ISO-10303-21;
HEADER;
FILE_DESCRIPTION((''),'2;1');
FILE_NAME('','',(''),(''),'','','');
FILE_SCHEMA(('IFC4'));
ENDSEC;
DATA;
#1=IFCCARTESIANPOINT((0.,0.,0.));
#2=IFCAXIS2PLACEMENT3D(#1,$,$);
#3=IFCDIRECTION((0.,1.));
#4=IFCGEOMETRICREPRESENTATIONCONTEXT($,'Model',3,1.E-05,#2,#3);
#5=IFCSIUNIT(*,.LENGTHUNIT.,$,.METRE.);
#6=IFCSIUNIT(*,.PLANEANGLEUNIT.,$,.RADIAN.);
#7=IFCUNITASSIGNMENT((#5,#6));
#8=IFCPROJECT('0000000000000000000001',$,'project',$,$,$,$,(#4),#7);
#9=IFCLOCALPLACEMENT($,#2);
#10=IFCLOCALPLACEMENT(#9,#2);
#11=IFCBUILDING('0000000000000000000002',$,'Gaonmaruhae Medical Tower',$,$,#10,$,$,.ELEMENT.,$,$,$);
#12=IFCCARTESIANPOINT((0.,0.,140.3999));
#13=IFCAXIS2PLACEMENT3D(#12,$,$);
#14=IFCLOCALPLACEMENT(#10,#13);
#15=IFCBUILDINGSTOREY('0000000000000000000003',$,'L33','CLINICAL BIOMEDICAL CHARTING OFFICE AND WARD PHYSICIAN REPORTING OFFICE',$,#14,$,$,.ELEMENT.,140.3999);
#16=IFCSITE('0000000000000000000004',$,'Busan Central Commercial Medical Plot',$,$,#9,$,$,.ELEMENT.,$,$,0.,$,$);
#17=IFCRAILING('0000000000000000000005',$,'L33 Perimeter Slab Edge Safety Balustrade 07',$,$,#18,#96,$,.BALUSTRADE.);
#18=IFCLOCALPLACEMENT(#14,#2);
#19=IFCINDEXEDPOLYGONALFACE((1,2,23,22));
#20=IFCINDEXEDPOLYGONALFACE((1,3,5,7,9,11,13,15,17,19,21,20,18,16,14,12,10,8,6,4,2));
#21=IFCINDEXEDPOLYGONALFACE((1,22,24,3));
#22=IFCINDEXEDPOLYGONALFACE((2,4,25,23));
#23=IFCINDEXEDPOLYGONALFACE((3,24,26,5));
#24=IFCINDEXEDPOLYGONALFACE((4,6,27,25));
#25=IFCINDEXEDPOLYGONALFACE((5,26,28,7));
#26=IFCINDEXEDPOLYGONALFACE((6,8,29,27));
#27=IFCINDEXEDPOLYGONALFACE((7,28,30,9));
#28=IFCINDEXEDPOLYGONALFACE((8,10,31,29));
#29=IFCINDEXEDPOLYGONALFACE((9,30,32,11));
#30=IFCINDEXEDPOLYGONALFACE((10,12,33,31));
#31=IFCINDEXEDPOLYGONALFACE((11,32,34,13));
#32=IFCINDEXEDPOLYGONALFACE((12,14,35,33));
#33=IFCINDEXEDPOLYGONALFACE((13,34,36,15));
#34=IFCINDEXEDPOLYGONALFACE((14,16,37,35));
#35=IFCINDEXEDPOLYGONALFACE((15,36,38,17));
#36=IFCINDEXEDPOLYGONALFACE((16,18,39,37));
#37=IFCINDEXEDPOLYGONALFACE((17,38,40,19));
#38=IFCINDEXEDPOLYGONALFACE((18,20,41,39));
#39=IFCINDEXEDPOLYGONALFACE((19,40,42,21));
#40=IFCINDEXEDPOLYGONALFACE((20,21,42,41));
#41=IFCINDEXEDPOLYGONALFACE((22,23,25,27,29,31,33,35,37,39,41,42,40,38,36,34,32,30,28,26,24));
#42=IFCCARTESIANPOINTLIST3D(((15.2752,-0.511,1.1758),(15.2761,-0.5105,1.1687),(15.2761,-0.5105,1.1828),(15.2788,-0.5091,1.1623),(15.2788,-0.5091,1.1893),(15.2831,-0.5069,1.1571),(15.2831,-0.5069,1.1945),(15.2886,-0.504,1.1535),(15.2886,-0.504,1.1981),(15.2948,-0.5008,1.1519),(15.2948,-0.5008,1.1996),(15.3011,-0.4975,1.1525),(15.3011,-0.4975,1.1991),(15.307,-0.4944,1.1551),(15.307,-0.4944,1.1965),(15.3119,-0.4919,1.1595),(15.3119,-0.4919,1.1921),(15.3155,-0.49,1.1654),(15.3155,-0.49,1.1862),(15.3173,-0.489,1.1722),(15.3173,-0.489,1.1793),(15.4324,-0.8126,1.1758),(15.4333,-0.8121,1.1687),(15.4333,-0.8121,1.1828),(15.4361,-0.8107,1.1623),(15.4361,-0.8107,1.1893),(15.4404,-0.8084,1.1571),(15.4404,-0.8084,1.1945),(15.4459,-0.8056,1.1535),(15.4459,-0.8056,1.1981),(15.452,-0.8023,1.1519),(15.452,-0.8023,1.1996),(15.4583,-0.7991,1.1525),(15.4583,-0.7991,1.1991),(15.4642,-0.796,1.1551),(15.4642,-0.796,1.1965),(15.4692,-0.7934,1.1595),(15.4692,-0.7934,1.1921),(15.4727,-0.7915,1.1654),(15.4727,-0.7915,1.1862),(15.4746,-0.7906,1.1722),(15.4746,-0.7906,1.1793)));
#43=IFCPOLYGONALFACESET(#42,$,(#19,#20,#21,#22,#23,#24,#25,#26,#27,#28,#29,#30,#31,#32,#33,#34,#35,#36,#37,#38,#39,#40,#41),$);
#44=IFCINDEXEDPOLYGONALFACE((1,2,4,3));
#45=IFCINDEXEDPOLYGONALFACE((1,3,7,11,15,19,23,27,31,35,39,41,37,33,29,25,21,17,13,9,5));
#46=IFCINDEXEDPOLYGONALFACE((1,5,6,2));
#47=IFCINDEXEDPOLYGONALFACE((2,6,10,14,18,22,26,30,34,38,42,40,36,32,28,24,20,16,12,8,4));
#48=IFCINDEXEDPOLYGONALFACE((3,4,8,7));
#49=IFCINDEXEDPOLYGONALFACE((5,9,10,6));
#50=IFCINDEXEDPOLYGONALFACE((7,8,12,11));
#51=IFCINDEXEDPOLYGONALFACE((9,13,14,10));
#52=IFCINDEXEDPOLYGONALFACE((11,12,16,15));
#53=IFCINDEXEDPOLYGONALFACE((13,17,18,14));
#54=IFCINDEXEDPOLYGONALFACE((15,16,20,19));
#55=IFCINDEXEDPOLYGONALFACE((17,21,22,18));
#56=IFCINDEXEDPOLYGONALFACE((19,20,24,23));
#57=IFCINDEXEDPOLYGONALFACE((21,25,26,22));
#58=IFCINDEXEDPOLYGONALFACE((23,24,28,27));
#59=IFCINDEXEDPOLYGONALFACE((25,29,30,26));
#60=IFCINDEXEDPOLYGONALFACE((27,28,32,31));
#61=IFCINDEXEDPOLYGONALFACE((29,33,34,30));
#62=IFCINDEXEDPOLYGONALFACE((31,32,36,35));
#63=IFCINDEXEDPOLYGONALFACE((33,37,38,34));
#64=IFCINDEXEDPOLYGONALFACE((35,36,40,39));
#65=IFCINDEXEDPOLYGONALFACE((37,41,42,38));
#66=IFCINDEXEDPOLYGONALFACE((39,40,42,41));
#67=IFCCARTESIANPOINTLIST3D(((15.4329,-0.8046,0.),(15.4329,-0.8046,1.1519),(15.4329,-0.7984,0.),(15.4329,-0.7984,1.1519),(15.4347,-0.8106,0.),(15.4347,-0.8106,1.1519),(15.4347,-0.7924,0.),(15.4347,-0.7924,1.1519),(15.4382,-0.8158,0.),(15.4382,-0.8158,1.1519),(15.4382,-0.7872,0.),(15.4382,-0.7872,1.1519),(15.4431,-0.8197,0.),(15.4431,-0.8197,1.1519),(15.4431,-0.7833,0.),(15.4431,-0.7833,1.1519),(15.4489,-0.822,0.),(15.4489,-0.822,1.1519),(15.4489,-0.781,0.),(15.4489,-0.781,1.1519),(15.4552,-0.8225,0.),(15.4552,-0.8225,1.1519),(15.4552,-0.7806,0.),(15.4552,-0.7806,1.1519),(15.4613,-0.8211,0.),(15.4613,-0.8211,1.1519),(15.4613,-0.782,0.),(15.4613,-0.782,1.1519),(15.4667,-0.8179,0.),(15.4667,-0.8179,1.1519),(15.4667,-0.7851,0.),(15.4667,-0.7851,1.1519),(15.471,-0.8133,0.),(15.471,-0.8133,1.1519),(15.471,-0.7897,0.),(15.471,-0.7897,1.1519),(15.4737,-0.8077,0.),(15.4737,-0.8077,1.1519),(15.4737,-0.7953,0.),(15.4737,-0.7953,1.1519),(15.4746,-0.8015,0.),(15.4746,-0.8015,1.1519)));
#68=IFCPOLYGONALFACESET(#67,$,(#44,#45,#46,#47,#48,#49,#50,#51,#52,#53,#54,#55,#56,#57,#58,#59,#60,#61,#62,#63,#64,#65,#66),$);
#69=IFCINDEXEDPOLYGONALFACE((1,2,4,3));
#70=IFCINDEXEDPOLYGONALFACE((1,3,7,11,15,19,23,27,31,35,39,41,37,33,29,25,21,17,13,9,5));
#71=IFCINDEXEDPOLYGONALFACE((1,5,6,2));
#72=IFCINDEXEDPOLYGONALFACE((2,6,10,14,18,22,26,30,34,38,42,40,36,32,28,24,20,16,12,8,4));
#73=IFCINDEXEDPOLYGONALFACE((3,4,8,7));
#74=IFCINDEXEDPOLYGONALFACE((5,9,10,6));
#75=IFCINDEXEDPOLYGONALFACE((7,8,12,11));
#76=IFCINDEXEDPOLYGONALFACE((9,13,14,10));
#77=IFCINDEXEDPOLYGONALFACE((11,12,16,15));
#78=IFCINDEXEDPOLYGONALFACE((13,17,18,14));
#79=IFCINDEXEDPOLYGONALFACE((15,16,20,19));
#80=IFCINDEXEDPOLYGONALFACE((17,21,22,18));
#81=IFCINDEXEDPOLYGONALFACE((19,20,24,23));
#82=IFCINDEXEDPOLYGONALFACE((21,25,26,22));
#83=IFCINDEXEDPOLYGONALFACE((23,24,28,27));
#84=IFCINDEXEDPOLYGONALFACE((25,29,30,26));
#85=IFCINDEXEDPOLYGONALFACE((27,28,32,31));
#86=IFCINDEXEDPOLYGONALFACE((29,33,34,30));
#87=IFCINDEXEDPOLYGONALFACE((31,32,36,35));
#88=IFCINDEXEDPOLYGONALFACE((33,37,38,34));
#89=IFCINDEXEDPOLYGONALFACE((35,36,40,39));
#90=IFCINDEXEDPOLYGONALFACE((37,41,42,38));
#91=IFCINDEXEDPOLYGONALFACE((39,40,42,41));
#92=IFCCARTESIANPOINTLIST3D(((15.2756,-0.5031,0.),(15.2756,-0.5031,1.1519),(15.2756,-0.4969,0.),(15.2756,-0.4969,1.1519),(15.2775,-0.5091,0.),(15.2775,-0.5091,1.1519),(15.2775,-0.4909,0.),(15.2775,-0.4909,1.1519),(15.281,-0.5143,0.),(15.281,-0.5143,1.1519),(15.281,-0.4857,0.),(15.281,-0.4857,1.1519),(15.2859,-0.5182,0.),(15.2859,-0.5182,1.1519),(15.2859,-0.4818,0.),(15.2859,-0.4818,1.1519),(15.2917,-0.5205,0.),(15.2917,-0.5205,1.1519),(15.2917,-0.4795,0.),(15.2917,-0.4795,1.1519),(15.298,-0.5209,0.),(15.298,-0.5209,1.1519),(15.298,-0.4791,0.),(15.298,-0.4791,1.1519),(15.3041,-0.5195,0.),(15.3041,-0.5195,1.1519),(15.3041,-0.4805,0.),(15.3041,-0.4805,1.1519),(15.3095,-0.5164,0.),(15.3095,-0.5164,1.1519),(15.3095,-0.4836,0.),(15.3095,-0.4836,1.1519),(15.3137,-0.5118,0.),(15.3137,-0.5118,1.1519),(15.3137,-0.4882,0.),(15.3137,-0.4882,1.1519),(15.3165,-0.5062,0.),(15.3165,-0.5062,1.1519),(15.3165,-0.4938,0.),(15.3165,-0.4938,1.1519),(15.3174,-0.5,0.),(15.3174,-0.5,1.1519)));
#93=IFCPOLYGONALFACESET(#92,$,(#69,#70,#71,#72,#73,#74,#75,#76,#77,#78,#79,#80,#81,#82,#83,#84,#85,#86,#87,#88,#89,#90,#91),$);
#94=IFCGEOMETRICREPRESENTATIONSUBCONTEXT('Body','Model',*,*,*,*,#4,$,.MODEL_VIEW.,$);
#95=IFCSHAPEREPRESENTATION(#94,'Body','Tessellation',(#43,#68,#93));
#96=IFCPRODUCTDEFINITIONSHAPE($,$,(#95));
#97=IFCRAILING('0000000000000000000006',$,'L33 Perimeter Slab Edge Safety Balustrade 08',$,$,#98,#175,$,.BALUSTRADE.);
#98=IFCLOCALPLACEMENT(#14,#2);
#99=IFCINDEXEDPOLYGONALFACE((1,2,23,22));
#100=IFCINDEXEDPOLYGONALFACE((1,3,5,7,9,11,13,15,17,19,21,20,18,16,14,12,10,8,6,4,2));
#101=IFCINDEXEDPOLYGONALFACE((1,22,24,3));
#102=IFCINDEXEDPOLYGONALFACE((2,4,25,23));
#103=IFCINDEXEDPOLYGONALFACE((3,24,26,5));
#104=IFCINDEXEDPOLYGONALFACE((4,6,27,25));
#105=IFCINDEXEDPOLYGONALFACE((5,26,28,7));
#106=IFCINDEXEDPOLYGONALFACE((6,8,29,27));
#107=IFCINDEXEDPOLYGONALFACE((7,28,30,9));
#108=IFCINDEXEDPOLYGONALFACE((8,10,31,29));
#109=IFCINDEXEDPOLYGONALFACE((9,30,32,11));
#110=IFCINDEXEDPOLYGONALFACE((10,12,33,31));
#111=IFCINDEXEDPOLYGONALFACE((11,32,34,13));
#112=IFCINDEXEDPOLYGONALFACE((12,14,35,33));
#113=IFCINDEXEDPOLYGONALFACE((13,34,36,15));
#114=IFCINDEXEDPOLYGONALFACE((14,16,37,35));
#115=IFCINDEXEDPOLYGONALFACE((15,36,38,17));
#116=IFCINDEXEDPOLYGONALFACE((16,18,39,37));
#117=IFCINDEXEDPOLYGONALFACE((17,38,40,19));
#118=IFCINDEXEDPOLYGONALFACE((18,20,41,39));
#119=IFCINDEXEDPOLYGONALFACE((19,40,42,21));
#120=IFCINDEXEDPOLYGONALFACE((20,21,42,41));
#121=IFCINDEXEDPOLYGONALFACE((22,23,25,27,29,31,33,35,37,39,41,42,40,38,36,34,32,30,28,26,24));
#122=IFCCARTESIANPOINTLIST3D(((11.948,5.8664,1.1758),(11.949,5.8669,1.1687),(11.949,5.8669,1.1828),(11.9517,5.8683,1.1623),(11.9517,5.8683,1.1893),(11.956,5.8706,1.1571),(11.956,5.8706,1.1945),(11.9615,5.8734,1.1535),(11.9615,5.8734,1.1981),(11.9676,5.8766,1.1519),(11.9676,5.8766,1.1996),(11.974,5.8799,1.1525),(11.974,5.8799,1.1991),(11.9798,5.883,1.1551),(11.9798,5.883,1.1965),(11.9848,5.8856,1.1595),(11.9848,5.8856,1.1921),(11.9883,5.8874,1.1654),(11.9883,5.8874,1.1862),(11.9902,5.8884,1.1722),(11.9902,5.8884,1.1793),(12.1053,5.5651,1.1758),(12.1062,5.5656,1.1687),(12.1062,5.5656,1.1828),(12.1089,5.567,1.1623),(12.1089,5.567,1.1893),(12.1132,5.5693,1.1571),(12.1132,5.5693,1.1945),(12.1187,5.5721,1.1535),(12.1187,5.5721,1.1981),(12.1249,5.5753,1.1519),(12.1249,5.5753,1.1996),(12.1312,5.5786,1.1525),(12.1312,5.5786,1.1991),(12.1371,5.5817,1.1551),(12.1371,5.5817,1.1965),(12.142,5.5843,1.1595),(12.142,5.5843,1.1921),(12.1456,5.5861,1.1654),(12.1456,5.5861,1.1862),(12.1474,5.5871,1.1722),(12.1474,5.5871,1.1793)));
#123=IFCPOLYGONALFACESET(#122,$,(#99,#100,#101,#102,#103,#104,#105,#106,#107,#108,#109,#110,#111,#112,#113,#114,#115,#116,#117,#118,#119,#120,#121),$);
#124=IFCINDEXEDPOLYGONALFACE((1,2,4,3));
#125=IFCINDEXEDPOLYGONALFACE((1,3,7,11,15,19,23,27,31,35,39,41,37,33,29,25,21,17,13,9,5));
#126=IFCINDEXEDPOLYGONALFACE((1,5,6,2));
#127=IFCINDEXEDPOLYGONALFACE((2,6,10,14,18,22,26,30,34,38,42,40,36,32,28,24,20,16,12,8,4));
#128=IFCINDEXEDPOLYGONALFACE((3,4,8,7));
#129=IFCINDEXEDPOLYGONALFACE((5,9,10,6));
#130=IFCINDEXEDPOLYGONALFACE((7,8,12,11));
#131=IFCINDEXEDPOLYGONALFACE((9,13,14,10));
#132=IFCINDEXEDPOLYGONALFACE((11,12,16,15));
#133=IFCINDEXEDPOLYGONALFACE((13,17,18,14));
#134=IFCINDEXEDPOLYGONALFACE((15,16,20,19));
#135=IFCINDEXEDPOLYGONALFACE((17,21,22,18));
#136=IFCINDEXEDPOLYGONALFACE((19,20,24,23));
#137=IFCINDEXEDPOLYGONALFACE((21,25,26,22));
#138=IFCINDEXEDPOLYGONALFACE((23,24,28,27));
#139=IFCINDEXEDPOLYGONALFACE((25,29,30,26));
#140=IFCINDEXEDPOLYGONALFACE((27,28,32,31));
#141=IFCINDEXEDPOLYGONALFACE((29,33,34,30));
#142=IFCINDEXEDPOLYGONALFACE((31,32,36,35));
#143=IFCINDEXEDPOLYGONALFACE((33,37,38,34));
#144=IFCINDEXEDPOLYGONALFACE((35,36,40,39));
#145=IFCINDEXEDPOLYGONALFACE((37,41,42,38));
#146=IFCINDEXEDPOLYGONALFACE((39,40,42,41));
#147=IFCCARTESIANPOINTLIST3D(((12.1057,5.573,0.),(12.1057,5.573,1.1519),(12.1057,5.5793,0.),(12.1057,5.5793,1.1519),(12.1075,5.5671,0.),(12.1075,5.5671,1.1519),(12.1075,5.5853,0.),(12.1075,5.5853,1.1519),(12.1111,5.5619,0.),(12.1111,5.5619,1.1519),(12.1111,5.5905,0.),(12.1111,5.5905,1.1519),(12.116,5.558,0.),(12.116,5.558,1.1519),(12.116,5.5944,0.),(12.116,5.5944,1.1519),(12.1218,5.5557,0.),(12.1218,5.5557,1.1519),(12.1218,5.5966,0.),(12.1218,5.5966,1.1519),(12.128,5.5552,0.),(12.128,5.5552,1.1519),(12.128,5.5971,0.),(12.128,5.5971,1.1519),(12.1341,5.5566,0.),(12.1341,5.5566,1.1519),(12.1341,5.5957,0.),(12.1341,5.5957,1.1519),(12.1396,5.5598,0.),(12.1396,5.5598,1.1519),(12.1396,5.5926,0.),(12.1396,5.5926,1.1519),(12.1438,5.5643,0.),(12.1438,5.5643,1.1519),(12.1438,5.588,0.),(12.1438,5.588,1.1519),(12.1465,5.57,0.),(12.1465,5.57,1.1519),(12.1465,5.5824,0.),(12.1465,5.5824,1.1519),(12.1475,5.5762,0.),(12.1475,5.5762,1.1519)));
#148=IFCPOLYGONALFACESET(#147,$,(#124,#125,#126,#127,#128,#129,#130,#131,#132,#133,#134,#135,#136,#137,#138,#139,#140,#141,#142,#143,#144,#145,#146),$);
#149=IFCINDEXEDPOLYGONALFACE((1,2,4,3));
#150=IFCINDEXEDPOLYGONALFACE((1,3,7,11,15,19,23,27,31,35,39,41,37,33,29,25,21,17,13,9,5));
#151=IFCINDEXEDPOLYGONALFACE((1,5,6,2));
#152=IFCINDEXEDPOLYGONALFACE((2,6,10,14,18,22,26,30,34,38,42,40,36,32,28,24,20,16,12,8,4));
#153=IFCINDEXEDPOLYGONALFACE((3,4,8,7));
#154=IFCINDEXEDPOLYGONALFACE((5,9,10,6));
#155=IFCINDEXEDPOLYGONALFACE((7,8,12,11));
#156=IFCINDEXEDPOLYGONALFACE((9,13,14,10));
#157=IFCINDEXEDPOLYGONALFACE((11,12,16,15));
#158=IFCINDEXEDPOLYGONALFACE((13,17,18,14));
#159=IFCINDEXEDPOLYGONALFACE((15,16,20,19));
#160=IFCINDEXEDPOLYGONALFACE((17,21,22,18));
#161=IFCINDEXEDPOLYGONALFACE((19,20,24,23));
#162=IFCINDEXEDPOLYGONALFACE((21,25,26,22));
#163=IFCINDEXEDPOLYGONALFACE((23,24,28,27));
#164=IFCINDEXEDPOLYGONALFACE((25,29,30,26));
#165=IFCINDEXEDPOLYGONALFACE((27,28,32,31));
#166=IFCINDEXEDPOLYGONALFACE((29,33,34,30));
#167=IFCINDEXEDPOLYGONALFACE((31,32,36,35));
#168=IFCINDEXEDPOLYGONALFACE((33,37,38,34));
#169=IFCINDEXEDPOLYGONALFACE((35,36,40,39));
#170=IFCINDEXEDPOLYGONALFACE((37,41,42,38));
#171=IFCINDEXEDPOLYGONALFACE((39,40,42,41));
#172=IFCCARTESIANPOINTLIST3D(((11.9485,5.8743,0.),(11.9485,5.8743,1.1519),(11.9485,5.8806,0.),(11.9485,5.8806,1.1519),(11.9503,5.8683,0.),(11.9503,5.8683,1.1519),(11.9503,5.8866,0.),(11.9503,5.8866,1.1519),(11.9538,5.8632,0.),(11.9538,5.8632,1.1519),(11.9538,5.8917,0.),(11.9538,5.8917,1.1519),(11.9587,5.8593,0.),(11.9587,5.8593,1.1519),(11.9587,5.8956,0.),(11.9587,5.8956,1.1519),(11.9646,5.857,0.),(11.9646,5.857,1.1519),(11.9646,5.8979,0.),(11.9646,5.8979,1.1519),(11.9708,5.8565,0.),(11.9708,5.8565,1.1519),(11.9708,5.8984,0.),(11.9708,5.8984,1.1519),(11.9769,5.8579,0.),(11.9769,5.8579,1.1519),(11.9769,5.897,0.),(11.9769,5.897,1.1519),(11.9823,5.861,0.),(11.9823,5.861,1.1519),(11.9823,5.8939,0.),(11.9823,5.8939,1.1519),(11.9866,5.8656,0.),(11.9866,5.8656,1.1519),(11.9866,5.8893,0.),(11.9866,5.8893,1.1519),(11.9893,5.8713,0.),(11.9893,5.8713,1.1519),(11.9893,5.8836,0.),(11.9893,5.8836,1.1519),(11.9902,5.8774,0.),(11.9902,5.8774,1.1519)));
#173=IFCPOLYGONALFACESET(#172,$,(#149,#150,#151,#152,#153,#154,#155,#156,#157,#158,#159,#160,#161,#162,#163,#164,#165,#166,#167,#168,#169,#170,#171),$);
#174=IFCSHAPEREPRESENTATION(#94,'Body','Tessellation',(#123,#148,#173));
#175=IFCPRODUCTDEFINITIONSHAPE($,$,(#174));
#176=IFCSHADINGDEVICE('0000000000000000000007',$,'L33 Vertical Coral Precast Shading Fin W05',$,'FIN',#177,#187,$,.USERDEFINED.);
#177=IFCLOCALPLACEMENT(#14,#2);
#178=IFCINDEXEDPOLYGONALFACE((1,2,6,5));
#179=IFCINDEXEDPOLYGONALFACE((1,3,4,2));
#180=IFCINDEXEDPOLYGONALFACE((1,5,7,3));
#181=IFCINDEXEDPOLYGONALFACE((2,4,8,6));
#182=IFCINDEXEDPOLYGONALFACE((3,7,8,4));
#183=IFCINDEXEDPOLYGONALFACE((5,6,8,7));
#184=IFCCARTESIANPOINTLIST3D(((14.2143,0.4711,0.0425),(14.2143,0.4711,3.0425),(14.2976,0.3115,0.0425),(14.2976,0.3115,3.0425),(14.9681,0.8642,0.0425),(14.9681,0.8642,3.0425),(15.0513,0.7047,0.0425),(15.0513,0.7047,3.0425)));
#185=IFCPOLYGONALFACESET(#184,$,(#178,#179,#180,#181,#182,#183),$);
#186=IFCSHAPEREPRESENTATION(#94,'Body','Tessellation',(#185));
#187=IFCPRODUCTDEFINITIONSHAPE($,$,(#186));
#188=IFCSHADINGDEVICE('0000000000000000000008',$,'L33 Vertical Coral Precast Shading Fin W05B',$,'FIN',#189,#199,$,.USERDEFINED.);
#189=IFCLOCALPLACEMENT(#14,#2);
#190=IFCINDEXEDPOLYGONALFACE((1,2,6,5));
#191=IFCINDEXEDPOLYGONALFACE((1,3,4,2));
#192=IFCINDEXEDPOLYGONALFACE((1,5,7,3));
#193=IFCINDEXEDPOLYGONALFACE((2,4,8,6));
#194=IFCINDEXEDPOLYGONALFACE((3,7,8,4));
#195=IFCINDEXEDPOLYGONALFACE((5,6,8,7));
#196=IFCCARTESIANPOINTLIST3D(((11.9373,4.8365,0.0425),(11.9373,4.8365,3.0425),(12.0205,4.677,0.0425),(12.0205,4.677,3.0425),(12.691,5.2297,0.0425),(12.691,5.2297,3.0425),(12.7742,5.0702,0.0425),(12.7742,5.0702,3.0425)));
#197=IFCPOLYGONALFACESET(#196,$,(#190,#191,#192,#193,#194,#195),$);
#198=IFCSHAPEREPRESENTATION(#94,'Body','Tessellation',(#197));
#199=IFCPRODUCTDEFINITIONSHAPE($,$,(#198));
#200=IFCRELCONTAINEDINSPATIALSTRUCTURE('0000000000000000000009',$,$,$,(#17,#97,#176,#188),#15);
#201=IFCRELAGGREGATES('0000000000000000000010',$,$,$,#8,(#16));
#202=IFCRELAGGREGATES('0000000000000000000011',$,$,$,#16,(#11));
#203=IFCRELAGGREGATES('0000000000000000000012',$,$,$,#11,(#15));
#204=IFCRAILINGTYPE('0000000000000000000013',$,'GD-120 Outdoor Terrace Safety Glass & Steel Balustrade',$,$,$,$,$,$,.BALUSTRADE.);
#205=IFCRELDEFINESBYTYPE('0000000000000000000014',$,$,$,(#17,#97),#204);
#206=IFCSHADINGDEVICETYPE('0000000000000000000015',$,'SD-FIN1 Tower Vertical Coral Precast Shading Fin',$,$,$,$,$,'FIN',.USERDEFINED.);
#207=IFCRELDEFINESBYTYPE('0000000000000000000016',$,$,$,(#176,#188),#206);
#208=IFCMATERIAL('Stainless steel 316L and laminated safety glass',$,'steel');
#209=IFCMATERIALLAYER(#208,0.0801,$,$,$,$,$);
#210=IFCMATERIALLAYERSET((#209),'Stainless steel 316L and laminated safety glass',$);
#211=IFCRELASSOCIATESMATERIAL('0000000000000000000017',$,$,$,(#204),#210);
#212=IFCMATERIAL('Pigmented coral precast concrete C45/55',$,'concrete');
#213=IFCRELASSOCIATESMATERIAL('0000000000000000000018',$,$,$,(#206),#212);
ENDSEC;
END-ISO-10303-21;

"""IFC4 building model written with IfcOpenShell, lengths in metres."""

from ifc_helpers import new_model, si_unit, direction, frame, origin, origin_2d, place, context, subcontext, project, spatial, rectangle, circle, extrude, material, layer, layer_set, type_object, element, save


model = new_model("IFC4")

# Units and contexts
model_context = context("Model", 3, precision=1e-05, world=origin(), true_north=direction((0.0, 1.0)))
body_context = subcontext(model_context, "Body", "Model", "MODEL_VIEW")
ifc_project = project(units=[si_unit("LENGTHUNIT", "METRE"), si_unit("PLANEANGLEUNIT", "RADIAN")], contexts=[model_context])

# Site, building, storey
site_placement = place(None, origin())
site = spatial("IfcSite", under=ifc_project, at=site_placement, Name="Busan Central Commercial Medical Plot", CompositionType="ELEMENT", RefElevation=0.0)
building_placement = place(site_placement, origin())
building = spatial("IfcBuilding", under=site, at=building_placement, Name="Gaonmaruhae Medical Tower", CompositionType="ELEMENT")
storey_placement = place(building_placement, frame((0.0, 0.0, 140.3999)))
storey = spatial("IfcBuildingStorey", under=building, at=storey_placement, Name="L33", Description="CLINICAL BIOMEDICAL CHARTING OFFICE AND WARD PHYSICIAN REPORTING OFFICE", CompositionType="ELEMENT", Elevation=140.3999)

# Railings
ifc_material_1 = material(Name="Stainless steel 316L and laminated safety glass", Category="steel")
ifc_layer_1 = layer(ifc_material_1, 0.0801)
ifc_layer_set_1 = layer_set([ifc_layer_1], Name="Stainless steel 316L and laminated safety glass")
railing_type = type_object("IfcRailingType", Name="GD-120 Outdoor Terrace Safety Glass & Steel Balustrade", PredefinedType="BALUSTRADE", material=ifc_layer_set_1)
railing_1_placement = place(storey_placement, frame((15.4536, -0.8015, 0.0)))
element("IfcRailing", 1, at=railing_1_placement, inside=storey, type_object=railing_type, Name="L33 Perimeter Slab Edge Safety Balustrade 07", PredefinedType="BALUSTRADE", context=body_context, shape_type="SweptSolid", body=[
    extrude(circle(Radius=0.0239, at=origin_2d()), frame((0.0, 0.0, 1.1758), z_axis=(-0.46237, 0.886687, 0.0), x_axis=(-0.886687, -0.46237, 0.0)), (0.0, 0.0, 1.0), 0.3401),
    extrude(circle(Radius=0.021, at=origin_2d()), origin(), (0.0, 0.0, 1.0), 1.1519),
    extrude(circle(Radius=0.021, at=origin_2d()), frame((-0.1572, 0.3015, 0.0)), (0.0, 0.0, 1.0), 1.1519),
])
railing_2_placement = place(storey_placement, frame((12.1265, 5.5762, 0.0)))
element("IfcRailing", 2, at=railing_2_placement, inside=storey, type_object=railing_type, Name="L33 Perimeter Slab Edge Safety Balustrade 08", PredefinedType="BALUSTRADE", context=body_context, shape_type="SweptSolid", body=[
    extrude(circle(Radius=0.0239, at=origin_2d()), frame((0.0, 0.0, 1.1758), z_axis=(-0.462664, 0.886534, 0.0), x_axis=(-0.886534, -0.462664, 0.0)), (0.0, 0.0, 1.0), 0.3398),
    extrude(circle(Radius=0.021, at=origin_2d()), origin(), (0.0, 0.0, 1.0), 1.1519),
    extrude(circle(Radius=0.021, at=origin_2d()), frame((-0.1572, 0.3013, 0.0)), (0.0, 0.0, 1.0), 1.1519),
])

# Shading devices
ifc_material_2 = material(Name="Pigmented coral precast concrete C45/55", Category="concrete")
shading_device_type = type_object("IfcShadingDeviceType", Name="SD-FIN1 Tower Vertical Coral Precast Shading Fin", ElementType="FIN", PredefinedType="USERDEFINED", material=ifc_material_2)
for number, where, z_axis, x_axis, name in (
    (3, (14.6328, 0.5879, 0.0425), (0.0, 0.0, 1.0), (-0.462523, 0.886608, 0.0), "L33 Vertical Coral Precast Shading Fin W05"),
    (4, (12.3557, 4.9534, 0.0425), (0.0, 0.0, 1.0), (-0.462523, 0.886608, 0.0), "L33 Vertical Coral Precast Shading Fin W05B"),
):
    element("IfcShadingDevice", number, at=place(storey_placement, frame(where, z_axis=z_axis, x_axis=x_axis)), inside=storey, type_object=shading_device_type, Name=name, ObjectType="FIN", PredefinedType="USERDEFINED", context=body_context, shape_type="SweptSolid", body=[
        extrude(rectangle(XDim=0.1799, YDim=0.8501, at=origin_2d()), origin(), (0.0, 0.0, 1.0), 3.0),
    ])

save(model, "model.ifc")
